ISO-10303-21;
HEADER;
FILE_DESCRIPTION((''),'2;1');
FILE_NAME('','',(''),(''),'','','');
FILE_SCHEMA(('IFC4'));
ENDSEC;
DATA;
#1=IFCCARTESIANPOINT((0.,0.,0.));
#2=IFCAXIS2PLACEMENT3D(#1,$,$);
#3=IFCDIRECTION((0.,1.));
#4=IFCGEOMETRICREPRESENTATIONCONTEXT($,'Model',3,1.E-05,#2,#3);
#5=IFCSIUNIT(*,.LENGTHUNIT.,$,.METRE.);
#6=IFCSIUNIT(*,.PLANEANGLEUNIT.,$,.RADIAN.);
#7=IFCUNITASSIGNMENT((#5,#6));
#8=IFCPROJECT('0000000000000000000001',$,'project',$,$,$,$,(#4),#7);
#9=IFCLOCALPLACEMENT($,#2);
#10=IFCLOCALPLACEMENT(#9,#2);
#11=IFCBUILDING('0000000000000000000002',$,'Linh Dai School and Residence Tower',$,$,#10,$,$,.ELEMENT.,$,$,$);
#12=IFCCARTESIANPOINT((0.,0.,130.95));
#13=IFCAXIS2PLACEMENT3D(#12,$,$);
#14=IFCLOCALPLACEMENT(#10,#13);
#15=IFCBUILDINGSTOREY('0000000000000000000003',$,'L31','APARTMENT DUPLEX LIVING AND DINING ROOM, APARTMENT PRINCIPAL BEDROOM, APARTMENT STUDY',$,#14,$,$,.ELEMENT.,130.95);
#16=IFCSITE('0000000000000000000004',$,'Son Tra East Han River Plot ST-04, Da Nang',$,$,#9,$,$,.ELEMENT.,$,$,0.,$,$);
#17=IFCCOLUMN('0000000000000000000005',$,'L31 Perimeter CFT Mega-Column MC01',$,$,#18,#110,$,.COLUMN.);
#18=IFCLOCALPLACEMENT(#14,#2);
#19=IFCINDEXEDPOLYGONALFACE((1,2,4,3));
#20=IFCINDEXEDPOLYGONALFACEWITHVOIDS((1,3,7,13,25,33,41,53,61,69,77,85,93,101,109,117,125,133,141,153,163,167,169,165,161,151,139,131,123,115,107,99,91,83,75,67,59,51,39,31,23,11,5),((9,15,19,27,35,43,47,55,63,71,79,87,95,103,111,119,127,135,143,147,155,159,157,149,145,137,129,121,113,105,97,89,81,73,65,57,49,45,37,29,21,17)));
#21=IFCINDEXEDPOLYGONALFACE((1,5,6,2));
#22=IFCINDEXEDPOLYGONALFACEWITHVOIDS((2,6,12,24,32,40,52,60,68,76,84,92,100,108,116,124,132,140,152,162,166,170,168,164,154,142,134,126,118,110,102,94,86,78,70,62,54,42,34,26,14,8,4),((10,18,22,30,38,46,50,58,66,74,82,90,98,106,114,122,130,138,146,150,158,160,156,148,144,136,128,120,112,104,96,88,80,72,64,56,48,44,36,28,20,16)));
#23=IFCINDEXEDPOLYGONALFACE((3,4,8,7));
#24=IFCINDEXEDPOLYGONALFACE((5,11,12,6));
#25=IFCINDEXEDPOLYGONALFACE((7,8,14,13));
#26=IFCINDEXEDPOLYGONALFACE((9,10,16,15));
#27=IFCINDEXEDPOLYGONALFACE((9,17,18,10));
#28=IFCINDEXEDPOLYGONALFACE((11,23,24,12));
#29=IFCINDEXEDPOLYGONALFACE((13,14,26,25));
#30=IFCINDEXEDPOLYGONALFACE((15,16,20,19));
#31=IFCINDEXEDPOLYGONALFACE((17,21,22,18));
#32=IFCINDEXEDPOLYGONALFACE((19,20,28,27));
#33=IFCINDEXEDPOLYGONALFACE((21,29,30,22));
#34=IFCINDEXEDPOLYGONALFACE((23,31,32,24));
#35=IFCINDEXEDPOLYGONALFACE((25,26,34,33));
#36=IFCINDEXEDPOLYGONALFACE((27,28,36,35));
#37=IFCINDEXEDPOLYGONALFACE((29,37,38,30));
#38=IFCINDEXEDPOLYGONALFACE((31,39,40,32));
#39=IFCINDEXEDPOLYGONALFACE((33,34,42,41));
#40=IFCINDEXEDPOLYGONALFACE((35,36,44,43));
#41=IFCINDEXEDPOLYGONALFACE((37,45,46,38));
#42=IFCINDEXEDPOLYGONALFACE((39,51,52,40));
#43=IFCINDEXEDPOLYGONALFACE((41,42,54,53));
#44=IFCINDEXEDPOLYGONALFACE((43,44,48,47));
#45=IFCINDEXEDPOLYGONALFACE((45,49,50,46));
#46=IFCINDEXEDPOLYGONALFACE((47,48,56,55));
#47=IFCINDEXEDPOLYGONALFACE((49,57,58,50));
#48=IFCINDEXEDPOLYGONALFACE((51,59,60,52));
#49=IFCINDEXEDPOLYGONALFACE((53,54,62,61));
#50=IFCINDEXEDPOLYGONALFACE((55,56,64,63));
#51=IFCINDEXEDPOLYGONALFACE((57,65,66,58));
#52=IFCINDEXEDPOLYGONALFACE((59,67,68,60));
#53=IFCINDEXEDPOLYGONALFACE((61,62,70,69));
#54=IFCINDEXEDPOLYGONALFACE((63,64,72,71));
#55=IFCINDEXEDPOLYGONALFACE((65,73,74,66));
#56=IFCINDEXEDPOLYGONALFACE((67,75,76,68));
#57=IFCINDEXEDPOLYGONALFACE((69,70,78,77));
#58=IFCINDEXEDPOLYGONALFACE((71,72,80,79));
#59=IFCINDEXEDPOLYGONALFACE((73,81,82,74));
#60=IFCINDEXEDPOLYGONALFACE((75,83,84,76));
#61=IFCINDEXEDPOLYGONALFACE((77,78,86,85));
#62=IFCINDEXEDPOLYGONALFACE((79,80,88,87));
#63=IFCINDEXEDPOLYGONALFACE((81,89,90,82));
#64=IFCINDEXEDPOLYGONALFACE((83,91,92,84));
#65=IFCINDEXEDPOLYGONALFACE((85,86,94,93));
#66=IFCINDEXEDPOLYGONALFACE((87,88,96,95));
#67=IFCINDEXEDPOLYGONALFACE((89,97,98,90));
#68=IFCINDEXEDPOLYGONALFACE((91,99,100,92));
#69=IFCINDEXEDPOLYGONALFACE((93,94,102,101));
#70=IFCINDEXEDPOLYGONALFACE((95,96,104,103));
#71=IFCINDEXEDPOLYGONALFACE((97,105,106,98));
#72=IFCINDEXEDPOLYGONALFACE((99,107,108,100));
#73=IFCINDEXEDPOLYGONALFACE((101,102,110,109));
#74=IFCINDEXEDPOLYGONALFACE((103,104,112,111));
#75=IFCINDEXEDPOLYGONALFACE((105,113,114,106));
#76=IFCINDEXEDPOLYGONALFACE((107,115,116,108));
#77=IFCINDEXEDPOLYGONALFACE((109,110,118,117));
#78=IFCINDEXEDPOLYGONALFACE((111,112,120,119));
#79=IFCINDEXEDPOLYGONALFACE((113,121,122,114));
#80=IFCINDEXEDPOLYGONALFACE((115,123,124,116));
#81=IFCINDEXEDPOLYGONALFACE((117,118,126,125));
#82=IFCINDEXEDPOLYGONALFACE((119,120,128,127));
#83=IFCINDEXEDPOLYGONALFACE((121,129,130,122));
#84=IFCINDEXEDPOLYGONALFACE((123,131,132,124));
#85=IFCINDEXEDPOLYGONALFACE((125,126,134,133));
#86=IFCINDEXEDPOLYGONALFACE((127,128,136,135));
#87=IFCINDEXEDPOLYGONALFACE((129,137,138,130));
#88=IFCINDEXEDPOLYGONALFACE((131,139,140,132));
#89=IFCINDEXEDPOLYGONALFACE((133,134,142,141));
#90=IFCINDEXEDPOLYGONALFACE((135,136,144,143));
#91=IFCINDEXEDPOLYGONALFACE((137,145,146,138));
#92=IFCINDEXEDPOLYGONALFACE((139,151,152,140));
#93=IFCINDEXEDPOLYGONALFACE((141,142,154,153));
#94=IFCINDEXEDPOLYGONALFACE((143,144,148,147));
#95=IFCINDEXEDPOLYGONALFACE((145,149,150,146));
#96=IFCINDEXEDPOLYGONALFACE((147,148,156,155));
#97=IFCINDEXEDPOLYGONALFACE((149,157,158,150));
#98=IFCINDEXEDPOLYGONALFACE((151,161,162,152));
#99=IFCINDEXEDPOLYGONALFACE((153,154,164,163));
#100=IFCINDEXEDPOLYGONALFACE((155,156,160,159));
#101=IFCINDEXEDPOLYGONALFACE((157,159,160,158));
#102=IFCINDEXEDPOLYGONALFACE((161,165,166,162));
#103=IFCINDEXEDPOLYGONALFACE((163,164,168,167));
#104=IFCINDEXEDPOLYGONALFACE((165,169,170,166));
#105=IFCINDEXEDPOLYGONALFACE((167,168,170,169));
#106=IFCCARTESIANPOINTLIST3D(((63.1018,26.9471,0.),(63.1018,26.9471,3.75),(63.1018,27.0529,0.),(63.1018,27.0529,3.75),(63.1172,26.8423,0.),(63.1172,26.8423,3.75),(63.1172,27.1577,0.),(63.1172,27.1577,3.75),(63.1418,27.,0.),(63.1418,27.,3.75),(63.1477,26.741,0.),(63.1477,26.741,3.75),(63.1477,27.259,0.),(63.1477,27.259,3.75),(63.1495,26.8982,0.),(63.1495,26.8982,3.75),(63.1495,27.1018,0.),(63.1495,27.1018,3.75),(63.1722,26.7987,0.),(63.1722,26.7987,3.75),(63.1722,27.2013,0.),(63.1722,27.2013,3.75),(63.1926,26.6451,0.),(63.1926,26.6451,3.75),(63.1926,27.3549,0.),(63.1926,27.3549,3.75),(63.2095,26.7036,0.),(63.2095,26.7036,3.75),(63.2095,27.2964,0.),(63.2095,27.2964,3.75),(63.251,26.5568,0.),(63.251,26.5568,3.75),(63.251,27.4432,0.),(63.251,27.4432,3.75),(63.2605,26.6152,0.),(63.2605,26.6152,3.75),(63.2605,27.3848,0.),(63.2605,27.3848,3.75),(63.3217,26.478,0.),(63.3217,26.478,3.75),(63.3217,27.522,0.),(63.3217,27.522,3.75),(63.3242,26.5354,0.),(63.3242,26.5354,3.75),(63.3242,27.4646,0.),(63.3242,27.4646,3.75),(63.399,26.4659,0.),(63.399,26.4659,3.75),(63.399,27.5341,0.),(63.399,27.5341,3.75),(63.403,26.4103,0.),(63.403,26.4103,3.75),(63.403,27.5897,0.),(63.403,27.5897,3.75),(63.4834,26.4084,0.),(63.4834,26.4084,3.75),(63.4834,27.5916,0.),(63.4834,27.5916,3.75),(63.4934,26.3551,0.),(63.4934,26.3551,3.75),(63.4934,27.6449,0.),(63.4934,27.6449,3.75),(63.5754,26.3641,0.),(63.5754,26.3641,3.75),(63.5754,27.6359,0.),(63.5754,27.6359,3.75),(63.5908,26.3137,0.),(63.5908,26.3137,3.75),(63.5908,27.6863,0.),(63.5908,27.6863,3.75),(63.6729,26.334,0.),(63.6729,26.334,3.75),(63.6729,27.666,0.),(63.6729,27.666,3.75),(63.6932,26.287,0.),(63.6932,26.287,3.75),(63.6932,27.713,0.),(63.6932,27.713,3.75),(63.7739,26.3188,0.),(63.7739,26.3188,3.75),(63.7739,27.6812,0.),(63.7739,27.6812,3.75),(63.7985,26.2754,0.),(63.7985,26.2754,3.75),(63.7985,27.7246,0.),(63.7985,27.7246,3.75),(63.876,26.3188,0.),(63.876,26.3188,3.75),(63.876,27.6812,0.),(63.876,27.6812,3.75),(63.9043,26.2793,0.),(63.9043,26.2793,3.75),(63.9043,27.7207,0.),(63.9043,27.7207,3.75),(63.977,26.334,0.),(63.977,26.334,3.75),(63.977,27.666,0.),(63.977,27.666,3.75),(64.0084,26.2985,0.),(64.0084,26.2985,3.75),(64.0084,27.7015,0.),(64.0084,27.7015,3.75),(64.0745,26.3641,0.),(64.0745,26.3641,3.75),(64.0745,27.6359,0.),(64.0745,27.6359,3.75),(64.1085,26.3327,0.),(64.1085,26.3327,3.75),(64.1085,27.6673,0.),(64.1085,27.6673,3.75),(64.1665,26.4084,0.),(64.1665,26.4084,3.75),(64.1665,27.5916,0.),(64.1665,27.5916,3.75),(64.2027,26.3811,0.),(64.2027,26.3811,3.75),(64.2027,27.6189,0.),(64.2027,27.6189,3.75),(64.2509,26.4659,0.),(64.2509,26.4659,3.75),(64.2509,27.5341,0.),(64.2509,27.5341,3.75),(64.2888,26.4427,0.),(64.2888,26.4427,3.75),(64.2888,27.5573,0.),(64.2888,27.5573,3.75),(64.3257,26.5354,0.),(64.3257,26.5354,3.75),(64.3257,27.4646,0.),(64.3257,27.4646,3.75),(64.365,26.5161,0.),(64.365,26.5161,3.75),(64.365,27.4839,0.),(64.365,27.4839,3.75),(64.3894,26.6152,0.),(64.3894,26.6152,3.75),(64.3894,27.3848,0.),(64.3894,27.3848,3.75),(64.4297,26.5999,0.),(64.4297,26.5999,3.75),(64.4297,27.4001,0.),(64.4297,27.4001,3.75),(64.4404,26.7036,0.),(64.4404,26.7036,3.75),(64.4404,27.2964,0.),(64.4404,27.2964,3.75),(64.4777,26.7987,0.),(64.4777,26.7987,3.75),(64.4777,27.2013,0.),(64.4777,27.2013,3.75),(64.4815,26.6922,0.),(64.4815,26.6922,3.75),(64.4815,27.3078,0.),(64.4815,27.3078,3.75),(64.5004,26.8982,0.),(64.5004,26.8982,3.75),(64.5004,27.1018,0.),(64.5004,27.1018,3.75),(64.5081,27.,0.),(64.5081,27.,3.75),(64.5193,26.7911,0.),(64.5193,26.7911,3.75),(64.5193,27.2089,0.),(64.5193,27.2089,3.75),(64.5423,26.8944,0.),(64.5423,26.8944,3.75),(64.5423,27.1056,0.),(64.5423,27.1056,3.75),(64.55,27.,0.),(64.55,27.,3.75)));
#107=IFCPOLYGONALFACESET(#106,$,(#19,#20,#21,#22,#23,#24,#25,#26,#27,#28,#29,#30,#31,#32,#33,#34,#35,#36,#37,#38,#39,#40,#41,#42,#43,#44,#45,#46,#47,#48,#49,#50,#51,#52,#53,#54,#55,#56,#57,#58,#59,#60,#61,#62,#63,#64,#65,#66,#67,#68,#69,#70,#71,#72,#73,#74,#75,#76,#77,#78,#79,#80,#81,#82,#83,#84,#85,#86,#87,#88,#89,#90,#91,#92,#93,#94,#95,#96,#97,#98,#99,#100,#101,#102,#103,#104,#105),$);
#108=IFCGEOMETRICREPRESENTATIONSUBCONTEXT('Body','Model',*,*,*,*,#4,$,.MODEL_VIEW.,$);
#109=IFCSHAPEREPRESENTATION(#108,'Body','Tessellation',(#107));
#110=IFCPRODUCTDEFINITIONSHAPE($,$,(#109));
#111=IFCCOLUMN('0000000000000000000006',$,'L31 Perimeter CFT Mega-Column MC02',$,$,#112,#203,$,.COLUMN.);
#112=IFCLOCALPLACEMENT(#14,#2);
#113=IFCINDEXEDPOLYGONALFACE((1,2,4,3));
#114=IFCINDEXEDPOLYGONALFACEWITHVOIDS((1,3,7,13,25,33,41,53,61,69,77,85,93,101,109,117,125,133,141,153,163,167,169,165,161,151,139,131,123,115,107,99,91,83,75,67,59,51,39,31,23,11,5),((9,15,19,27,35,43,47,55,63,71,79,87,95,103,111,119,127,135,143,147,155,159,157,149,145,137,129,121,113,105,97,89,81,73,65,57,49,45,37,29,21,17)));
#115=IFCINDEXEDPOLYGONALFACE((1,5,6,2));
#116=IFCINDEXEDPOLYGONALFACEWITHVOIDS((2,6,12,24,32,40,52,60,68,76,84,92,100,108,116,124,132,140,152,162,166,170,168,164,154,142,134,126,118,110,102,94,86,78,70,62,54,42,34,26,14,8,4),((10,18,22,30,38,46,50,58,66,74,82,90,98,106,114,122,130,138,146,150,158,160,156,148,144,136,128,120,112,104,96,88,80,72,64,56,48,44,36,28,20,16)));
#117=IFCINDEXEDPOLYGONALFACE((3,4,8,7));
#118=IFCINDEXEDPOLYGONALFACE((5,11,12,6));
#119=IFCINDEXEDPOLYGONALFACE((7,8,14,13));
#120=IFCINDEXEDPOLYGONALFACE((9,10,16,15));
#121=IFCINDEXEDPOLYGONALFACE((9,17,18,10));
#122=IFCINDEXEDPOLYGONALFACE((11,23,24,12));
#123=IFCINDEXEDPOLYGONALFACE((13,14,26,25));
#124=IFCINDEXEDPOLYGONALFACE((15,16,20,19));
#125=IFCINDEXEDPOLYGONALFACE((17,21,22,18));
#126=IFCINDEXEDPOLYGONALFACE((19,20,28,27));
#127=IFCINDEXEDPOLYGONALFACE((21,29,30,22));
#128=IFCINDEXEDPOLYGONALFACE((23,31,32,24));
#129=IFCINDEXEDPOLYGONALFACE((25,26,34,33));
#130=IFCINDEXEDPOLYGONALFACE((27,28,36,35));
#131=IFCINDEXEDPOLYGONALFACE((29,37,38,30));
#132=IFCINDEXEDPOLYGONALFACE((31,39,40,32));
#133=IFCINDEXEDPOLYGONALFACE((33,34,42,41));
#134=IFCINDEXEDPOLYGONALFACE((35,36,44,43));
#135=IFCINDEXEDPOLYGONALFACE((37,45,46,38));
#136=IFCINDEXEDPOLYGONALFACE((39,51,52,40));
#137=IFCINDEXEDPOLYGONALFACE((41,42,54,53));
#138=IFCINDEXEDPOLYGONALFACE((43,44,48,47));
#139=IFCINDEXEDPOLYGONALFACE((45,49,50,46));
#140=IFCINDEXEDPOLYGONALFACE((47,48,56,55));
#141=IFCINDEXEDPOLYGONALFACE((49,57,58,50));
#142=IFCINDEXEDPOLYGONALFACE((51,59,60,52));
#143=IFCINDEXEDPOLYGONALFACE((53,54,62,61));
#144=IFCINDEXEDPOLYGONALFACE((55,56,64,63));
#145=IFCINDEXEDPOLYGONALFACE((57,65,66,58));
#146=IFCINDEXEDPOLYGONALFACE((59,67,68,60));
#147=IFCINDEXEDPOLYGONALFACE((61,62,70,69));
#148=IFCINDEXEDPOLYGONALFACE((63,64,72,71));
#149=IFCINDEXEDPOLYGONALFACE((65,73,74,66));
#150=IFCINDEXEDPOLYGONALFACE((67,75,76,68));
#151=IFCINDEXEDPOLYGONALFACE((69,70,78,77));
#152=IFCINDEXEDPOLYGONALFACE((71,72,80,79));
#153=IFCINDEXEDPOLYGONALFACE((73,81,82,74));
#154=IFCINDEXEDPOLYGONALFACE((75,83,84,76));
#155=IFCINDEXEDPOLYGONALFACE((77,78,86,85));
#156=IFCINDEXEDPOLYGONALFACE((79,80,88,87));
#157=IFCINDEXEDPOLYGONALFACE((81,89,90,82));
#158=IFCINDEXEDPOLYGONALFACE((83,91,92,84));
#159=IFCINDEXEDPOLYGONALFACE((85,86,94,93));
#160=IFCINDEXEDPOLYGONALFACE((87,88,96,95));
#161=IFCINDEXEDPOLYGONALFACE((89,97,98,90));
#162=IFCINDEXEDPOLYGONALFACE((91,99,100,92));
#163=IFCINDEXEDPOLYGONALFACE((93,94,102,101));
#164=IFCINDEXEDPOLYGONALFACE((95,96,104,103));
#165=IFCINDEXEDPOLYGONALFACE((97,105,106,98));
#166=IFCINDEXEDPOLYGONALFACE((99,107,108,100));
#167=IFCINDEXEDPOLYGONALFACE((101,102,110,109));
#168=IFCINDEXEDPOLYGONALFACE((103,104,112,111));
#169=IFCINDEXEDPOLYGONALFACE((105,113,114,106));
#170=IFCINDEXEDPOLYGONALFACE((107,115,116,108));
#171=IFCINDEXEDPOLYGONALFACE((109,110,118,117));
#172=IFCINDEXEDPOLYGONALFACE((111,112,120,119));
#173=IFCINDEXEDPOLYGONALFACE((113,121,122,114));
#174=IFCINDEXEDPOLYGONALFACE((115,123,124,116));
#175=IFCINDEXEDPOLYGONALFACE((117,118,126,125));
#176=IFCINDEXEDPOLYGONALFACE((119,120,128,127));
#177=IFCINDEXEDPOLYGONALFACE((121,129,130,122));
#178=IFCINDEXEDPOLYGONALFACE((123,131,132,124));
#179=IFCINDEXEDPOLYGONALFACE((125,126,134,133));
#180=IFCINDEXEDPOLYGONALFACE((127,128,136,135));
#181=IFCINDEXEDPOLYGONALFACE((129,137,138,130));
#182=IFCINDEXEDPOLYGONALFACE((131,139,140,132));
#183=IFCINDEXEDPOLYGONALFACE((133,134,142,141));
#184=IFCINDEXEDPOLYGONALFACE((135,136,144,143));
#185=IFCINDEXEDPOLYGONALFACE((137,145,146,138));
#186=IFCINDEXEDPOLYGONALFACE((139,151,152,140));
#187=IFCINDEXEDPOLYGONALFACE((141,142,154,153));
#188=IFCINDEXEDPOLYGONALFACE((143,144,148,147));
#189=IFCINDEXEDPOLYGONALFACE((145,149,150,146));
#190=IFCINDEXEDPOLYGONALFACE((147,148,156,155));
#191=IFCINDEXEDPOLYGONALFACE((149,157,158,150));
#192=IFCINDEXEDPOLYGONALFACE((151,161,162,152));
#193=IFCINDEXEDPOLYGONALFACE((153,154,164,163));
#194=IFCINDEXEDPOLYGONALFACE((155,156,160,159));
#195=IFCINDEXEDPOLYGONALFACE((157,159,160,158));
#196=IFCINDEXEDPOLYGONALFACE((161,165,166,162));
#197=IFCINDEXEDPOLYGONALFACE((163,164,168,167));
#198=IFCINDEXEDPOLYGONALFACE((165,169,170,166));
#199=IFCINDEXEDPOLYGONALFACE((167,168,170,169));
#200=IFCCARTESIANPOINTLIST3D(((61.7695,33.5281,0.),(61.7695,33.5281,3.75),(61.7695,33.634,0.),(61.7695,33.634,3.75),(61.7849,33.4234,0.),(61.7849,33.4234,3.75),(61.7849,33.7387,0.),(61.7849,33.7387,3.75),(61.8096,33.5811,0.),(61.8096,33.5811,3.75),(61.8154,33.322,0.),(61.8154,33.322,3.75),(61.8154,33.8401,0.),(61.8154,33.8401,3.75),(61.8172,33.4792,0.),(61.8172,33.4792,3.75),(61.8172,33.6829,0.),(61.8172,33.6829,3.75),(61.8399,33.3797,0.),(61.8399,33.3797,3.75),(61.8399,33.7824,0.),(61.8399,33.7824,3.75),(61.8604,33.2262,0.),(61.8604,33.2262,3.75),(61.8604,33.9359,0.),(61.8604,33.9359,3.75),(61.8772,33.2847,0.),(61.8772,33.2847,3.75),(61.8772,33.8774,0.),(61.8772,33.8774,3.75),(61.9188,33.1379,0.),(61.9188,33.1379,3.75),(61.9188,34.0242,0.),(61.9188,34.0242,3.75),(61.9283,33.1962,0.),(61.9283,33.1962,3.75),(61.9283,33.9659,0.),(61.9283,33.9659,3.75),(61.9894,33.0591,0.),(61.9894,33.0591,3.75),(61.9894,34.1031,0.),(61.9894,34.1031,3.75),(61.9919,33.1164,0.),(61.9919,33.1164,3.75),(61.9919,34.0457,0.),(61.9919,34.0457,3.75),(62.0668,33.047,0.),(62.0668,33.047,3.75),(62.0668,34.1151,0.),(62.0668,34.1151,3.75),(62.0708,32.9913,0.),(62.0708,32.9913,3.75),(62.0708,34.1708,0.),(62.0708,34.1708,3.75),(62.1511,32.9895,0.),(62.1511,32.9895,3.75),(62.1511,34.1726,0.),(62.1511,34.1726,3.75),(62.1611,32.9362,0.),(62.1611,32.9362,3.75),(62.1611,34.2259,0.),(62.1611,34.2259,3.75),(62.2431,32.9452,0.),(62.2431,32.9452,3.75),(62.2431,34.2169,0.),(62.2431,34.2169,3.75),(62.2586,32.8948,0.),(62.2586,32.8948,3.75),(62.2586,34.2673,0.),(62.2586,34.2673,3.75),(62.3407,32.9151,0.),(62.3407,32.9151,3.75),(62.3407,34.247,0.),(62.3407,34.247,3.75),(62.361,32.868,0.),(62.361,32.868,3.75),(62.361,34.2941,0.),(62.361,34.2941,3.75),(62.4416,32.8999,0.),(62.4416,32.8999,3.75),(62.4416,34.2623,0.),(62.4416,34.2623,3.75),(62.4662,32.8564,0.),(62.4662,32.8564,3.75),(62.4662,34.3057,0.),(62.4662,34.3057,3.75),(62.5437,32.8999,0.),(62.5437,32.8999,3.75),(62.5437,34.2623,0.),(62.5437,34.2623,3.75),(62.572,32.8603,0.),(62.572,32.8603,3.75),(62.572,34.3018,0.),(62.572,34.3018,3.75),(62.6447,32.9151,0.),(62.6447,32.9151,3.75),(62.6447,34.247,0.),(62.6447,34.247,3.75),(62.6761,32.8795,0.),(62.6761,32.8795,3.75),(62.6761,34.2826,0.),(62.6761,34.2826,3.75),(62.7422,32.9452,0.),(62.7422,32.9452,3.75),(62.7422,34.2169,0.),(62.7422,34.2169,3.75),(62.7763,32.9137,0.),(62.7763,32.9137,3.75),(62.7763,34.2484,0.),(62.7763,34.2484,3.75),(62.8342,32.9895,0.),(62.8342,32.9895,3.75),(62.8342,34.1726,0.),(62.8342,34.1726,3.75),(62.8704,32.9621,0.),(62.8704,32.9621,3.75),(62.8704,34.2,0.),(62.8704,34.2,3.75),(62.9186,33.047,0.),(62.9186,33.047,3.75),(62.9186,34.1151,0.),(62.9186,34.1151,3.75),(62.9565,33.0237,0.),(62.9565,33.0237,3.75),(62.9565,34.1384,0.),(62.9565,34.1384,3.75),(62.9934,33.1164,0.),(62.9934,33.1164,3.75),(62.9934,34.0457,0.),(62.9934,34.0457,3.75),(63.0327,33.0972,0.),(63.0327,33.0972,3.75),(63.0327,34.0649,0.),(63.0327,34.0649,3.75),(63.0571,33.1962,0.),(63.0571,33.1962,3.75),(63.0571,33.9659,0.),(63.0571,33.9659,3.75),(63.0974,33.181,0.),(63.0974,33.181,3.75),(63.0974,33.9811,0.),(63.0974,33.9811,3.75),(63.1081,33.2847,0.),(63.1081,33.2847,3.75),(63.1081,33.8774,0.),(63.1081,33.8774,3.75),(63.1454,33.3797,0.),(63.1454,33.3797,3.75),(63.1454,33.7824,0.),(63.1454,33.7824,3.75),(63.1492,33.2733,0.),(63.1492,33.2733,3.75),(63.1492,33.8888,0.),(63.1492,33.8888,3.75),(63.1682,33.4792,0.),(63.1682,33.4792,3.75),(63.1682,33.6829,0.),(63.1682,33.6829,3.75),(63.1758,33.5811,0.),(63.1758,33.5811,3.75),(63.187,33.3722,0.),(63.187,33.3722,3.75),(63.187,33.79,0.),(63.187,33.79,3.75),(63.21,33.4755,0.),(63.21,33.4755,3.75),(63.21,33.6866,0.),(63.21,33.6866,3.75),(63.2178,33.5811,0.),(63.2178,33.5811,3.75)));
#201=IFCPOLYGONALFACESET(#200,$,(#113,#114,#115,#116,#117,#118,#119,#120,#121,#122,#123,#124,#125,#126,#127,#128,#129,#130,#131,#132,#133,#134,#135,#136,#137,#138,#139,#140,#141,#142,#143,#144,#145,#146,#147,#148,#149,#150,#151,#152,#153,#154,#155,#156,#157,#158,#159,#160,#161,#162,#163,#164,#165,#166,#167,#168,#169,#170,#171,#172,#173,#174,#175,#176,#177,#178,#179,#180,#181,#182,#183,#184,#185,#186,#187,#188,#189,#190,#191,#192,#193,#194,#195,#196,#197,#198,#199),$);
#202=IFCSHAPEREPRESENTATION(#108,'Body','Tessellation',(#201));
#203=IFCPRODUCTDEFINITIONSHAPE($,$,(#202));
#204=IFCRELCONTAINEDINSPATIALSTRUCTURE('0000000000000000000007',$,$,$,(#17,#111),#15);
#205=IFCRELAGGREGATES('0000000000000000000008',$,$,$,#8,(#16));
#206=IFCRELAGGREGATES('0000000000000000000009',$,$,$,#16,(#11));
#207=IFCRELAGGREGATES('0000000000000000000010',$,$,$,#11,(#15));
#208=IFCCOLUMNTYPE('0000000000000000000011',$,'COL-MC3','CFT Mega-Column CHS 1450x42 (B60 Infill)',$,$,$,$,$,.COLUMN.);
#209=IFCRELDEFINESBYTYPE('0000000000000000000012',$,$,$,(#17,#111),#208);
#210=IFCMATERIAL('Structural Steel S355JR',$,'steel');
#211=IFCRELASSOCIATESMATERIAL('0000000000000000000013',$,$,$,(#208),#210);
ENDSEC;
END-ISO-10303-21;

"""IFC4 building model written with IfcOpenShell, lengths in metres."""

from ifc_helpers import new_model, si_unit, direction, frame, origin, origin_2d, place, context, subcontext, project, spatial, hollow_circle, extrude, material, material_profile, profile_set, type_object, element, save


model = new_model("IFC4")

# Units and contexts
model_context = context("Model", 3, precision=1e-05, world=origin(), true_north=direction((0.0, 1.0)))
body_context = subcontext(model_context, "Body", "Model", "MODEL_VIEW")
ifc_project = project(units=[si_unit("LENGTHUNIT", "METRE"), si_unit("PLANEANGLEUNIT", "RADIAN")], contexts=[model_context])

# Site, building, storey
site_placement = place(None, origin())
site = spatial("IfcSite", under=ifc_project, at=site_placement, Name="Son Tra East Han River Plot ST-04, Da Nang", CompositionType="ELEMENT", RefElevation=0.0)
building_placement = place(site_placement, origin())
building = spatial("IfcBuilding", under=site, at=building_placement, Name="Linh Dai School and Residence Tower", CompositionType="ELEMENT")
storey_placement = place(building_placement, frame((0.0, 0.0, 130.95)))
storey = spatial("IfcBuildingStorey", under=building, at=storey_placement, Name="L31", Description="APARTMENT DUPLEX LIVING AND DINING ROOM, APARTMENT PRINCIPAL BEDROOM, APARTMENT STUDY", CompositionType="ELEMENT", Elevation=130.95)

# Columns
ifc_material_1 = material(Name="Structural Steel S355JR", Category="steel")
ifc_material_profile_1 = material_profile(ifc_material_1, hollow_circle(Radius=0.7251, WallThickness=0.042, at=origin_2d()), Name="CHS 1450x42")
ifc_profile_set_1 = profile_set([ifc_material_profile_1], Name="Structural Steel S355JR")
column_type = type_object("IfcColumnType", Name="COL-MC3", Description="CFT Mega-Column CHS 1450x42 (B60 Infill)", PredefinedType="COLUMN", material=ifc_profile_set_1)
for number, where, z_axis, x_axis, name in (
    (1, (63.825, 27.0, 0.0), (0.0, 0.0, 1.0), (1.0, 0.0, 0.0), "L31 Perimeter CFT Mega-Column MC01"),
    (2, (62.4927, 33.5811, 0.0), (0.0, 0.0, 1.0), (1.0, 0.0, 0.0), "L31 Perimeter CFT Mega-Column MC02"),
):
    element("IfcColumn", number, at=place(storey_placement, frame(where, z_axis=z_axis, x_axis=x_axis)), inside=storey, type_object=column_type, Name=name, PredefinedType="COLUMN", context=body_context, shape_type="SweptSolid", body=[
        extrude(hollow_circle(Radius=0.7251, WallThickness=0.042, at=origin_2d()), origin(), (0.0, 0.0, 1.0), 3.75),
    ])

save(model, "model.ifc")
